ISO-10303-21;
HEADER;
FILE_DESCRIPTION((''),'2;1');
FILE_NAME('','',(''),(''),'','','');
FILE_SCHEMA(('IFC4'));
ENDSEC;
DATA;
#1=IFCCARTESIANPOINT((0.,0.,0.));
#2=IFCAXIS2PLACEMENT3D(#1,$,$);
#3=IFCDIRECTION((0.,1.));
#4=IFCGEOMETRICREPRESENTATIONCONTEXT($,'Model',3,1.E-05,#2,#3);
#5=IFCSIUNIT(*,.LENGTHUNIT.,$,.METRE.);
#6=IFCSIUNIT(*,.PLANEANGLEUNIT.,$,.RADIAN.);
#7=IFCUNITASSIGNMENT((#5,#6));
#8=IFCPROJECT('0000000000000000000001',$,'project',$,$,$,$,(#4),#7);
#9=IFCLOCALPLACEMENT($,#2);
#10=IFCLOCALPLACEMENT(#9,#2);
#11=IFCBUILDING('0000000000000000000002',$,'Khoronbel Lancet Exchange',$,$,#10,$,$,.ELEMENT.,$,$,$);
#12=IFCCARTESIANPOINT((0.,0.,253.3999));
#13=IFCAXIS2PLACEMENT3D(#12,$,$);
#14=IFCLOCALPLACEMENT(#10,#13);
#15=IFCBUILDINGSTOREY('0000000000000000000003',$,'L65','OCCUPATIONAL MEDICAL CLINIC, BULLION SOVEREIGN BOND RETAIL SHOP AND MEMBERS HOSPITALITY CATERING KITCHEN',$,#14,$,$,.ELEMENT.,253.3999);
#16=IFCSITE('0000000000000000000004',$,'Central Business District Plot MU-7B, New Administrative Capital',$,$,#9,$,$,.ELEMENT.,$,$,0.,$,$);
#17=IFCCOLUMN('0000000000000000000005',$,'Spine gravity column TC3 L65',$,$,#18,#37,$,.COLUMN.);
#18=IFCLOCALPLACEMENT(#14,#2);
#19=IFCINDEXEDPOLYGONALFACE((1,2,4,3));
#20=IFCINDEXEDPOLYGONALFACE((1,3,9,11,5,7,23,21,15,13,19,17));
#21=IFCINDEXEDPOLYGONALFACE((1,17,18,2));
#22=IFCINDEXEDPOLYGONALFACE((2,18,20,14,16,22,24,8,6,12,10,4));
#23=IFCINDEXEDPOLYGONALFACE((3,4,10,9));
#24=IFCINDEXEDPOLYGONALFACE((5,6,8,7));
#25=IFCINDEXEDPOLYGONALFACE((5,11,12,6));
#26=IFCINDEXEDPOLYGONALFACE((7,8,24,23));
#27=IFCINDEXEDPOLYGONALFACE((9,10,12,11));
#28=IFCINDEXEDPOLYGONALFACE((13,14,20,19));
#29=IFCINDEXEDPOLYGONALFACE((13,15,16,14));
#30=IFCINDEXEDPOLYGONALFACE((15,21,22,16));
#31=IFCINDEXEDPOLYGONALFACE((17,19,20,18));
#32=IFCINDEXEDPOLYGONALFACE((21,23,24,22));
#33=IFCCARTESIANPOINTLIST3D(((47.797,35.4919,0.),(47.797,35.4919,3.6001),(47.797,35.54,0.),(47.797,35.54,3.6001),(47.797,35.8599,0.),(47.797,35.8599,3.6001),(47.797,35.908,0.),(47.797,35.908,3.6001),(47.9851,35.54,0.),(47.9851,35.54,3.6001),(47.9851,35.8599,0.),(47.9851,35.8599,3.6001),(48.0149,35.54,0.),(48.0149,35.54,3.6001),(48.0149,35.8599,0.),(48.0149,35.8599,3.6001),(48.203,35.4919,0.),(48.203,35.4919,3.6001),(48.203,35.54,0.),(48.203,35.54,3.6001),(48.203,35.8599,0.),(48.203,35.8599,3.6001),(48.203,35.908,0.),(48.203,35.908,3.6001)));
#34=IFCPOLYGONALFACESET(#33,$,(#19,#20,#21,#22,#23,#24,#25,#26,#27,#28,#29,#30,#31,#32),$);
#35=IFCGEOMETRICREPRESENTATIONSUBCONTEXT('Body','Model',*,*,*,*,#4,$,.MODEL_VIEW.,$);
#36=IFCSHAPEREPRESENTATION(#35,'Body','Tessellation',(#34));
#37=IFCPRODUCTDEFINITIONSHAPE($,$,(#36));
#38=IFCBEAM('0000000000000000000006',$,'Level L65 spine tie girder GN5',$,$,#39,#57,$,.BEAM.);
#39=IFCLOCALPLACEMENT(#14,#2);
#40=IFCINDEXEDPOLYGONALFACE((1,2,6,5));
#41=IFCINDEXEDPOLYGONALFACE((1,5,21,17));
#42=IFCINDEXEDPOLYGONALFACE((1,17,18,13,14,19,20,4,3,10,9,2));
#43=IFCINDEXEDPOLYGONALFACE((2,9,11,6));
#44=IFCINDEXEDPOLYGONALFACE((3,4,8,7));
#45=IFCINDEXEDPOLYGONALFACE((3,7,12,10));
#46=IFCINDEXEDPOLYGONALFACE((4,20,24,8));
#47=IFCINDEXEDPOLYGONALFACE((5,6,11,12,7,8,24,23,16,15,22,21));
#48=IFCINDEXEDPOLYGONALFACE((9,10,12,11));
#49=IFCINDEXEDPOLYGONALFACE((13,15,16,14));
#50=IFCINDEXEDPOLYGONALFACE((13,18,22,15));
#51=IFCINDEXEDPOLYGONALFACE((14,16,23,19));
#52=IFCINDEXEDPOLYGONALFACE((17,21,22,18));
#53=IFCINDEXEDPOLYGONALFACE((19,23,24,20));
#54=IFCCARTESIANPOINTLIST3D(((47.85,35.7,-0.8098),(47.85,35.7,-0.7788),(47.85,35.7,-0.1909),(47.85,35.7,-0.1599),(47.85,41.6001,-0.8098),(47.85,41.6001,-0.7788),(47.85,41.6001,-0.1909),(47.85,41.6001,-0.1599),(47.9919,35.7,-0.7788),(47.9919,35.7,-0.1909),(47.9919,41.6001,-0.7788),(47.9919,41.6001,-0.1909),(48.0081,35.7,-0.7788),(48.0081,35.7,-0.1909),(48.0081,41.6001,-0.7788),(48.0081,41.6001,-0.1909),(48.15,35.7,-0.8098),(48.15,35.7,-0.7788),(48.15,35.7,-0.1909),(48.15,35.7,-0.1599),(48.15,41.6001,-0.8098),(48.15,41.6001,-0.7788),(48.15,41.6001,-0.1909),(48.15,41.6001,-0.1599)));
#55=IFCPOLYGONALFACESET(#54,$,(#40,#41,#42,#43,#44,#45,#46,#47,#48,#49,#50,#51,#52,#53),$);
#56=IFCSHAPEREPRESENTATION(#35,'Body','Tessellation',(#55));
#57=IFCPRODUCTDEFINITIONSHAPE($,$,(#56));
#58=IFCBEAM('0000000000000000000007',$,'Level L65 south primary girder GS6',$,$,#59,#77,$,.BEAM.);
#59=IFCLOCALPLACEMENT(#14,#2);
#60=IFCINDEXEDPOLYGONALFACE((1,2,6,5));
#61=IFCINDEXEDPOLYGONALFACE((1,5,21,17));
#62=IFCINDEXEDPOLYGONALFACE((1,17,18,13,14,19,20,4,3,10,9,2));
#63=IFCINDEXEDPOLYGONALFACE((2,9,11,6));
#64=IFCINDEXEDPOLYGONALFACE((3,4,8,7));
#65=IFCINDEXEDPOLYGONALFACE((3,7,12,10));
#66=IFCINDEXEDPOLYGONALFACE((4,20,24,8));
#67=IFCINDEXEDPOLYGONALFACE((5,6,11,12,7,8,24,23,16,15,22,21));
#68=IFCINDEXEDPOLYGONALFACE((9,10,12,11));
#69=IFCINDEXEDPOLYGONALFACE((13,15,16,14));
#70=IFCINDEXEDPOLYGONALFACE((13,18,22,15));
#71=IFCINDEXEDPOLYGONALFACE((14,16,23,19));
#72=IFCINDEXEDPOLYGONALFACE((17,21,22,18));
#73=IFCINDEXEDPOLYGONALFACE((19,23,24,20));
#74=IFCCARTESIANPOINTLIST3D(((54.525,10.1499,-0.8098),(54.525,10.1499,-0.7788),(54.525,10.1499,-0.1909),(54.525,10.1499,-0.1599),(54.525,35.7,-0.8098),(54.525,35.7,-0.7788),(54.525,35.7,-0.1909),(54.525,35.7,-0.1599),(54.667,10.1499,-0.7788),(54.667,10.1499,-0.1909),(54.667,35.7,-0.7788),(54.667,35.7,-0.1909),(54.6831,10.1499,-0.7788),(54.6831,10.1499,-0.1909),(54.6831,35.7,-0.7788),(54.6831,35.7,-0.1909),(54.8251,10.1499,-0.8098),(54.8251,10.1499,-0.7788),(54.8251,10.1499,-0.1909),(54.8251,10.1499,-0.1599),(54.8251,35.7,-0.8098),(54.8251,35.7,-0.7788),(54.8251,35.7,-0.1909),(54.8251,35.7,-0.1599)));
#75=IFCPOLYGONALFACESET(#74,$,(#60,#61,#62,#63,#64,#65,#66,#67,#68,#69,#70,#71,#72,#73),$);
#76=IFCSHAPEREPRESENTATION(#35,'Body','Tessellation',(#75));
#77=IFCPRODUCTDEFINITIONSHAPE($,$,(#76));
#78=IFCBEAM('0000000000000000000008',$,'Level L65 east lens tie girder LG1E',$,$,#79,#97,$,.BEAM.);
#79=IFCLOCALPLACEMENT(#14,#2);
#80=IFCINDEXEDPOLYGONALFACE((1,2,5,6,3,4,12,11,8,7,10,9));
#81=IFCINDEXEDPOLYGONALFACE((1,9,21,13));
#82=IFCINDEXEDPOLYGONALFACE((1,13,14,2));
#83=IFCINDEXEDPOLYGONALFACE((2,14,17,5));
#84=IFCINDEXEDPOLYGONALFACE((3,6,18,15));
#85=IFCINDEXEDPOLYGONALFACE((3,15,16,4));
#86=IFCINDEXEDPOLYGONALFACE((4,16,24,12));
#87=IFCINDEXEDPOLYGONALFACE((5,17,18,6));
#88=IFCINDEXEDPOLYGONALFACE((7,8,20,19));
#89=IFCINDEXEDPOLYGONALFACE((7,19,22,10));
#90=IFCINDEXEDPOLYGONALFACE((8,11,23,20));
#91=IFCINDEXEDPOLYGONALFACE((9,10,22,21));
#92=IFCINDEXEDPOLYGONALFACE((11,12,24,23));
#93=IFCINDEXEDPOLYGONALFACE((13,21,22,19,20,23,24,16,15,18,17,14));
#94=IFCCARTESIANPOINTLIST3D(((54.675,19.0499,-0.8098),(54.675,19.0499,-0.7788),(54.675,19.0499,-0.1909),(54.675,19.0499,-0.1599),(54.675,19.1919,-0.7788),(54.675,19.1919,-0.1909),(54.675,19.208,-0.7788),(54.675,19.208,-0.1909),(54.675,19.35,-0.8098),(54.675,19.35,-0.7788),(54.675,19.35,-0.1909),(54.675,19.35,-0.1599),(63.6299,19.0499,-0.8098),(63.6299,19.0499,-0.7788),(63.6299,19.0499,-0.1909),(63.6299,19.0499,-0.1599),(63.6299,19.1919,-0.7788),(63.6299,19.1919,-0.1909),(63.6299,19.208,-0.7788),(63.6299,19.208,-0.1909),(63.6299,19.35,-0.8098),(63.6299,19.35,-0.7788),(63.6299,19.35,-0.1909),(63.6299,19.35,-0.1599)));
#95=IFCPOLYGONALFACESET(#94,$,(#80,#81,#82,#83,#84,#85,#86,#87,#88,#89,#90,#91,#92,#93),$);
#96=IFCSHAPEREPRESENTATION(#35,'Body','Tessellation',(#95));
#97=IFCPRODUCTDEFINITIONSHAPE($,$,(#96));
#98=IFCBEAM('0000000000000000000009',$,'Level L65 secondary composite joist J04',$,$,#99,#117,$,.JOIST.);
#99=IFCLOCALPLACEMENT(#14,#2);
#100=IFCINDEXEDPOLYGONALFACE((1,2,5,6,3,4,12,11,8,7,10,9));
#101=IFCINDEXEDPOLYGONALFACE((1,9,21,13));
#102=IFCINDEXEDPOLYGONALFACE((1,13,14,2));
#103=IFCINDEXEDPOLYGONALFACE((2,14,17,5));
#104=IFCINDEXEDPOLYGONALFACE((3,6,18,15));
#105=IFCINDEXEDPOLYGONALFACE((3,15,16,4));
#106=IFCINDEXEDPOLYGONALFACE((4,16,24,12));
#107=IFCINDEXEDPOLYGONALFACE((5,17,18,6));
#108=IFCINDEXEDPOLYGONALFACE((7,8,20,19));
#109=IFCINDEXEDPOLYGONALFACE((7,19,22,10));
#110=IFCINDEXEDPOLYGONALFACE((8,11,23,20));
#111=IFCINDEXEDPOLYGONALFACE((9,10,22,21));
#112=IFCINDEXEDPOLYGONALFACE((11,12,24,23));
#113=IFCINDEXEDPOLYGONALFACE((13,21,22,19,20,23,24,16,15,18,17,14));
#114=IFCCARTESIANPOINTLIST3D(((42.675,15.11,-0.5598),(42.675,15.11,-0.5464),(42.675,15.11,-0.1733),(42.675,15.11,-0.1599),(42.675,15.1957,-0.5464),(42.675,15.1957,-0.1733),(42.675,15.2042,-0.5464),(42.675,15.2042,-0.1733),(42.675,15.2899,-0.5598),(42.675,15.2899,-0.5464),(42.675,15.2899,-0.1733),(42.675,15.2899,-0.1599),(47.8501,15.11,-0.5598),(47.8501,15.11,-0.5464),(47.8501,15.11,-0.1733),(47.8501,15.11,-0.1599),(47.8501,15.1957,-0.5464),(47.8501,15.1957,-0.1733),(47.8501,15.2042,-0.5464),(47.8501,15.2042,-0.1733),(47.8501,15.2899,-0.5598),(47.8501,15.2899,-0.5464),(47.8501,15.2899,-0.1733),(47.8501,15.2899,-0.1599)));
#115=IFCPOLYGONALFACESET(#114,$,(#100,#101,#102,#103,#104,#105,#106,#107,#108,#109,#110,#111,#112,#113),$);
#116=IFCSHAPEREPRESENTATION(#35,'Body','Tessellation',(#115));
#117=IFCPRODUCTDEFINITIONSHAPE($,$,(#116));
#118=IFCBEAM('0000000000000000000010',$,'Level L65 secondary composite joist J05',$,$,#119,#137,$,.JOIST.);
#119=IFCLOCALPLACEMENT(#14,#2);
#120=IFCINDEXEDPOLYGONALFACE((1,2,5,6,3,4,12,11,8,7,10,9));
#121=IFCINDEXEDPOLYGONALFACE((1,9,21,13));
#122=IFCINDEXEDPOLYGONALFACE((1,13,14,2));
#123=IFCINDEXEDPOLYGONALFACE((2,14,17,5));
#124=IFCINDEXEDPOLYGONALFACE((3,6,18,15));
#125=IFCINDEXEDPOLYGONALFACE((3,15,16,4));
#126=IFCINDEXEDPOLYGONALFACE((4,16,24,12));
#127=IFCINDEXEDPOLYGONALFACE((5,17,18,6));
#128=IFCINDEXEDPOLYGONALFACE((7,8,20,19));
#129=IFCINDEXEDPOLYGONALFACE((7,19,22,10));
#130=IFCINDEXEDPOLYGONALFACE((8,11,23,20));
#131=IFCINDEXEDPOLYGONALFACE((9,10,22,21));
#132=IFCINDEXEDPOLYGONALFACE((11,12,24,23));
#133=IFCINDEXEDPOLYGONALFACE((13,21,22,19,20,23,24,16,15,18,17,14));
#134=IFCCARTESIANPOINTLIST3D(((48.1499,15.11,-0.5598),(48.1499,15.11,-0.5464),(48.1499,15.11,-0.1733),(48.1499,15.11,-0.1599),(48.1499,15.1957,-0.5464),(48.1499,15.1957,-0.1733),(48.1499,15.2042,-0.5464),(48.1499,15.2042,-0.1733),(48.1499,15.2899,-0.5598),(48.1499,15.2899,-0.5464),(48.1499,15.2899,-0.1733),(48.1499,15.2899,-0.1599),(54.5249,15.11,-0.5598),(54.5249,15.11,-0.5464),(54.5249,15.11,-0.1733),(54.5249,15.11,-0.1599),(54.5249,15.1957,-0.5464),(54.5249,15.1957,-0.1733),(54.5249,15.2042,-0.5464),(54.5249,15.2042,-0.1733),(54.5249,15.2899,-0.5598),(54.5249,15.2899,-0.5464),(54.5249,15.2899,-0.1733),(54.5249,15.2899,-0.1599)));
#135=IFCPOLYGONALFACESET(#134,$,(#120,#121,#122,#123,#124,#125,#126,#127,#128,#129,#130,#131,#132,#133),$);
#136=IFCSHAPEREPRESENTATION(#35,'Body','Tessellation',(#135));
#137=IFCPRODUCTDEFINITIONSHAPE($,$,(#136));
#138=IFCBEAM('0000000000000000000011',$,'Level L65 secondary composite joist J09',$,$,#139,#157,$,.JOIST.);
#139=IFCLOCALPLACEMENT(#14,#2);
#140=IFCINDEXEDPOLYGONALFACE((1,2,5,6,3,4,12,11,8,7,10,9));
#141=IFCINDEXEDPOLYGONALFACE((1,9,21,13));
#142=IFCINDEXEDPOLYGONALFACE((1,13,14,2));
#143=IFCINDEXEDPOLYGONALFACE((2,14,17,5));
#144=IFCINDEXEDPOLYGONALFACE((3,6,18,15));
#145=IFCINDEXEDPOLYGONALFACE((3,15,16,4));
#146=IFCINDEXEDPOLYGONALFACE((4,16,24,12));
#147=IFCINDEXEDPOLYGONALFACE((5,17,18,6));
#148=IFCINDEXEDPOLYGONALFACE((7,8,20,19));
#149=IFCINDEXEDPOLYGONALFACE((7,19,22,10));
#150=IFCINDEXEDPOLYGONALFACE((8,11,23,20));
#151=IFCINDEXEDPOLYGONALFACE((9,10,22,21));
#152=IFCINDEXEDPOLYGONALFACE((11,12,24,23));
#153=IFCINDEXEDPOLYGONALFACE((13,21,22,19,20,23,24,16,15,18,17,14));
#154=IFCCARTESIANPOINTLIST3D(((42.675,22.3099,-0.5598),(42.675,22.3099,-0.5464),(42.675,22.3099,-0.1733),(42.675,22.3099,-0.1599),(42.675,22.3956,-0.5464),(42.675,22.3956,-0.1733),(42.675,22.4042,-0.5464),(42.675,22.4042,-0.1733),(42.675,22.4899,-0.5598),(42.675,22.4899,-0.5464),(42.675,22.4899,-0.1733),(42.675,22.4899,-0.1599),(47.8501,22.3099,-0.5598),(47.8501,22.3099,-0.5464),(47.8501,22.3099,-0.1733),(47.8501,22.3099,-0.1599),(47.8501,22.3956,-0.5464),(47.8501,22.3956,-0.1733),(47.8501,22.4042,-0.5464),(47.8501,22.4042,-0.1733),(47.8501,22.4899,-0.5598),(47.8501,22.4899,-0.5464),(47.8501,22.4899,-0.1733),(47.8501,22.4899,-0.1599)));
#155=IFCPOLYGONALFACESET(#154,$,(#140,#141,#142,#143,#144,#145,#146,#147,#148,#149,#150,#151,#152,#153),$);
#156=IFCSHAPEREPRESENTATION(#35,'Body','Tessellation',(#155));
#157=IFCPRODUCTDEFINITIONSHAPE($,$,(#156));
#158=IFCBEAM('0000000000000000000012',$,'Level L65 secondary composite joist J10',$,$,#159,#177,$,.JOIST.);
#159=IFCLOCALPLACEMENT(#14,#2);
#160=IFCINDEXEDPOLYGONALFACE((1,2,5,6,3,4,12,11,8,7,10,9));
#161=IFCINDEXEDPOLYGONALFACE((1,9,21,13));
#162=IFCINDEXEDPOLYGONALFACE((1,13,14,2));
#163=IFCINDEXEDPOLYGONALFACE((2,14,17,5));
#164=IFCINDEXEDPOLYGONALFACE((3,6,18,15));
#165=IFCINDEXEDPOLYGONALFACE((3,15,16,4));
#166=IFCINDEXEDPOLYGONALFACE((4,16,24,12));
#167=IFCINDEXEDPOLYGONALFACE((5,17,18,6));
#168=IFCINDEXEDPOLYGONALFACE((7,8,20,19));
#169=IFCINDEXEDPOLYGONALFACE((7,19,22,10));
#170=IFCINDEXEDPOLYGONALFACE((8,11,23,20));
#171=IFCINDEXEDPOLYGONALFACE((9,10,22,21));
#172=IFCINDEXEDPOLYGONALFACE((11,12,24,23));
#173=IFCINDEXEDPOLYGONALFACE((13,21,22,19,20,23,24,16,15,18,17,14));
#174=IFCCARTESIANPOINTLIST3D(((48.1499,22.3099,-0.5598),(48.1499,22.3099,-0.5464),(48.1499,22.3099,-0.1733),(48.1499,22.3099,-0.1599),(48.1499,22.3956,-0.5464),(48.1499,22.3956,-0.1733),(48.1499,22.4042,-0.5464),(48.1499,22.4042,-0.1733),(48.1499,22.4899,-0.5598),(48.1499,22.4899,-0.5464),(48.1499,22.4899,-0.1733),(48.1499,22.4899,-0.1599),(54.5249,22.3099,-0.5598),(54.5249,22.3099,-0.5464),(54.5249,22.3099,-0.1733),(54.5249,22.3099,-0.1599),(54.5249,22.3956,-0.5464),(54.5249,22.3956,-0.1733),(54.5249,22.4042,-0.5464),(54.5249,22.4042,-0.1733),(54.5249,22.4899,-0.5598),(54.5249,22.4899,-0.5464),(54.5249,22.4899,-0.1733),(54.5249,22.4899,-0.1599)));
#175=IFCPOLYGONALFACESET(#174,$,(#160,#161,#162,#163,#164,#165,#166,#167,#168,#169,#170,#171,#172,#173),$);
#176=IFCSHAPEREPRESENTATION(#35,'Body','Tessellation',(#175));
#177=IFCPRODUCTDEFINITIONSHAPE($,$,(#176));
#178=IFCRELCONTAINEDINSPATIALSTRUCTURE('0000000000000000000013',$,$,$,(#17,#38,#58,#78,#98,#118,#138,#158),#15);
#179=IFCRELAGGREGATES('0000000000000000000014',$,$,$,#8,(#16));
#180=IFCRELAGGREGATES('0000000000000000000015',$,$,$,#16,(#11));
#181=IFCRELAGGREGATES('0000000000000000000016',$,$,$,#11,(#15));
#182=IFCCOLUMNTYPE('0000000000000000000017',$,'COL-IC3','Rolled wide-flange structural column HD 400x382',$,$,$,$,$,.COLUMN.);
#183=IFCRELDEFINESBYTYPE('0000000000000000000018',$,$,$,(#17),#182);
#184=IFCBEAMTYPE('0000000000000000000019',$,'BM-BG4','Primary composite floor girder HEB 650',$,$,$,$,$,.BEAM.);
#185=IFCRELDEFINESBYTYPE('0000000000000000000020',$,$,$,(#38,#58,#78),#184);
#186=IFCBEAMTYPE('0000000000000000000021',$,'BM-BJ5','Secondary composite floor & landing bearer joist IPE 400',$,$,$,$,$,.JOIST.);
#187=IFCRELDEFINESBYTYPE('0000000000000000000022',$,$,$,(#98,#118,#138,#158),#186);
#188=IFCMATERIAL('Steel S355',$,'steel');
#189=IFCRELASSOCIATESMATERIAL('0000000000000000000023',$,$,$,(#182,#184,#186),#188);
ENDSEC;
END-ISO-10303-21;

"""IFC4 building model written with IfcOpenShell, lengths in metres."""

from ifc_helpers import new_model, si_unit, direction, frame, origin, origin_2d, place, context, subcontext, project, spatial, i_section, extrude, material, material_profile, profile_set, type_object, element, save


model = new_model("IFC4")

# Units and contexts
model_context = context("Model", 3, precision=1e-05, world=origin(), true_north=direction((0.0, 1.0)))
body_context = subcontext(model_context, "Body", "Model", "MODEL_VIEW")
ifc_project = project(units=[si_unit("LENGTHUNIT", "METRE"), si_unit("PLANEANGLEUNIT", "RADIAN")], contexts=[model_context])

# Site, building, storey
site_placement = place(None, origin())
site = spatial("IfcSite", under=ifc_project, at=site_placement, Name="Central Business District Plot MU-7B, New Administrative Capital", CompositionType="ELEMENT", RefElevation=0.0)
building_placement = place(site_placement, origin())
building = spatial("IfcBuilding", under=site, at=building_placement, Name="Khoronbel Lancet Exchange", CompositionType="ELEMENT")
storey_placement = place(building_placement, frame((0.0, 0.0, 253.3999)))
storey = spatial("IfcBuildingStorey", under=building, at=storey_placement, Name="L65", Description="OCCUPATIONAL MEDICAL CLINIC, BULLION SOVEREIGN BOND RETAIL SHOP AND MEMBERS HOSPITALITY CATERING KITCHEN", CompositionType="ELEMENT", Elevation=253.3999)

# Column
ifc_material_1 = material(Name="Steel S355", Category="steel")
ifc_material_profile_1 = material_profile(ifc_material_1, i_section(OverallWidth=0.406, OverallDepth=0.416, WebThickness=0.0298, FlangeThickness=0.0481, at=origin_2d()), Name="HD 400x382")
ifc_profile_set_1 = profile_set([ifc_material_profile_1], Name="Steel S355")
column_type = type_object("IfcColumnType", Name="COL-IC3", Description="Rolled wide-flange structural column HD 400x382", PredefinedType="COLUMN", material=ifc_profile_set_1)
column_placement = place(storey_placement, frame((48.0, 35.7, 0.0), z_axis=(0.0, 0.0, 1.0), x_axis=(1.0, 0.0, 0.0)))
element("IfcColumn", 1, at=column_placement, inside=storey, type_object=column_type, Name="Spine gravity column TC3 L65", PredefinedType="COLUMN", context=body_context, shape_type="SweptSolid", body=[
    extrude(i_section(OverallWidth=0.406, OverallDepth=0.416, WebThickness=0.0298, FlangeThickness=0.0481, at=origin_2d()), origin(), (0.0, 0.0, 1.0), 3.6001),
])

# Beams
ifc_material_profile_2 = material_profile(ifc_material_1, i_section(OverallWidth=0.3, OverallDepth=0.6499, WebThickness=0.0161, FlangeThickness=0.031, at=origin_2d()), Name="HEB 650")
ifc_profile_set_2 = profile_set([ifc_material_profile_2], Name="Steel S355")
beam_type_1 = type_object("IfcBeamType", Name="BM-BG4", Description="Primary composite floor girder HEB 650", PredefinedType="BEAM", material=ifc_profile_set_2)
beam_1_placement = place(storey_placement, frame((48.0, 35.7, -0.4849), z_axis=(0.0, 1.0, 0.0), x_axis=(-1.0, 0.0, 0.0)))
element("IfcBeam", 2, at=beam_1_placement, inside=storey, type_object=beam_type_1, Name="Level L65 spine tie girder GN5", PredefinedType="BEAM", context=body_context, shape_type="SweptSolid", body=[
    extrude(i_section(OverallWidth=0.3, OverallDepth=0.6499, WebThickness=0.0161, FlangeThickness=0.031, at=origin_2d()), origin(), (0.0, 0.0, 1.0), 5.9001),
])
beam_2_placement = place(storey_placement, frame((54.675, 10.1499, -0.4849), z_axis=(0.0, 1.0, 0.0), x_axis=(-1.0, 0.0, 0.0)))
element("IfcBeam", 3, at=beam_2_placement, inside=storey, type_object=beam_type_1, Name="Level L65 south primary girder GS6", PredefinedType="BEAM", context=body_context, shape_type="SweptSolid", body=[
    extrude(i_section(OverallWidth=0.3, OverallDepth=0.6499, WebThickness=0.0161, FlangeThickness=0.031, at=origin_2d()), origin(), (0.0, 0.0, 1.0), 25.55),
])
beam_3_placement = place(storey_placement, frame((54.675, 19.2, -0.4849), z_axis=(1.0, 0.0, 0.0), x_axis=(0.0, 1.0, 0.0)))
element("IfcBeam", 4, at=beam_3_placement, inside=storey, type_object=beam_type_1, Name="Level L65 east lens tie girder LG1E", PredefinedType="BEAM", context=body_context, shape_type="SweptSolid", body=[
    extrude(i_section(OverallWidth=0.3, OverallDepth=0.6499, WebThickness=0.0161, FlangeThickness=0.031, at=origin_2d()), origin(), (0.0, 0.0, 1.0), 8.9548),
])
ifc_material_profile_3 = material_profile(ifc_material_1, i_section(OverallWidth=0.1799, OverallDepth=0.3999, WebThickness=0.0085, FlangeThickness=0.0134, at=origin_2d()), Name="IPE 400")
ifc_profile_set_3 = profile_set([ifc_material_profile_3], Name="Steel S355")
beam_type_2 = type_object("IfcBeamType", Name="BM-BJ5", Description="Secondary composite floor & landing bearer joist IPE 400", PredefinedType="JOIST", material=ifc_profile_set_3)
beam_4_placement = place(storey_placement, frame((42.675, 15.2, -0.3599), z_axis=(1.0, 0.0, 0.0), x_axis=(0.0, 1.0, 0.0)))
element("IfcBeam", 5, at=beam_4_placement, inside=storey, type_object=beam_type_2, Name="Level L65 secondary composite joist J04", PredefinedType="JOIST", context=body_context, shape_type="SweptSolid", body=[
    extrude(i_section(OverallWidth=0.1799, OverallDepth=0.3999, WebThickness=0.0085, FlangeThickness=0.0134, at=origin_2d()), origin(), (0.0, 0.0, 1.0), 5.175),
])
beam_5_placement = place(storey_placement, frame((48.1499, 15.2, -0.3599), z_axis=(1.0, 0.0, 0.0), x_axis=(0.0, 1.0, 0.0)))
element("IfcBeam", 6, at=beam_5_placement, inside=storey, type_object=beam_type_2, Name="Level L65 secondary composite joist J05", PredefinedType="JOIST", context=body_context, shape_type="SweptSolid", body=[
    extrude(i_section(OverallWidth=0.1799, OverallDepth=0.3999, WebThickness=0.0085, FlangeThickness=0.0134, at=origin_2d()), origin(), (0.0, 0.0, 1.0), 6.375),
])
beam_6_placement = place(storey_placement, frame((42.675, 22.3999, -0.3599), z_axis=(1.0, 0.0, 0.0), x_axis=(0.0, 1.0, 0.0)))
element("IfcBeam", 7, at=beam_6_placement, inside=storey, type_object=beam_type_2, Name="Level L65 secondary composite joist J09", PredefinedType="JOIST", context=body_context, shape_type="SweptSolid", body=[
    extrude(i_section(OverallWidth=0.1799, OverallDepth=0.3999, WebThickness=0.0085, FlangeThickness=0.0134, at=origin_2d()), origin(), (0.0, 0.0, 1.0), 5.175),
])
beam_7_placement = place(storey_placement, frame((48.1499, 22.3999, -0.3599), z_axis=(1.0, 0.0, 0.0), x_axis=(0.0, 1.0, 0.0)))
element("IfcBeam", 8, at=beam_7_placement, inside=storey, type_object=beam_type_2, Name="Level L65 secondary composite joist J10", PredefinedType="JOIST", context=body_context, shape_type="SweptSolid", body=[
    extrude(i_section(OverallWidth=0.1799, OverallDepth=0.3999, WebThickness=0.0085, FlangeThickness=0.0134, at=origin_2d()), origin(), (0.0, 0.0, 1.0), 6.375),
])

save(model, "model.ifc")
